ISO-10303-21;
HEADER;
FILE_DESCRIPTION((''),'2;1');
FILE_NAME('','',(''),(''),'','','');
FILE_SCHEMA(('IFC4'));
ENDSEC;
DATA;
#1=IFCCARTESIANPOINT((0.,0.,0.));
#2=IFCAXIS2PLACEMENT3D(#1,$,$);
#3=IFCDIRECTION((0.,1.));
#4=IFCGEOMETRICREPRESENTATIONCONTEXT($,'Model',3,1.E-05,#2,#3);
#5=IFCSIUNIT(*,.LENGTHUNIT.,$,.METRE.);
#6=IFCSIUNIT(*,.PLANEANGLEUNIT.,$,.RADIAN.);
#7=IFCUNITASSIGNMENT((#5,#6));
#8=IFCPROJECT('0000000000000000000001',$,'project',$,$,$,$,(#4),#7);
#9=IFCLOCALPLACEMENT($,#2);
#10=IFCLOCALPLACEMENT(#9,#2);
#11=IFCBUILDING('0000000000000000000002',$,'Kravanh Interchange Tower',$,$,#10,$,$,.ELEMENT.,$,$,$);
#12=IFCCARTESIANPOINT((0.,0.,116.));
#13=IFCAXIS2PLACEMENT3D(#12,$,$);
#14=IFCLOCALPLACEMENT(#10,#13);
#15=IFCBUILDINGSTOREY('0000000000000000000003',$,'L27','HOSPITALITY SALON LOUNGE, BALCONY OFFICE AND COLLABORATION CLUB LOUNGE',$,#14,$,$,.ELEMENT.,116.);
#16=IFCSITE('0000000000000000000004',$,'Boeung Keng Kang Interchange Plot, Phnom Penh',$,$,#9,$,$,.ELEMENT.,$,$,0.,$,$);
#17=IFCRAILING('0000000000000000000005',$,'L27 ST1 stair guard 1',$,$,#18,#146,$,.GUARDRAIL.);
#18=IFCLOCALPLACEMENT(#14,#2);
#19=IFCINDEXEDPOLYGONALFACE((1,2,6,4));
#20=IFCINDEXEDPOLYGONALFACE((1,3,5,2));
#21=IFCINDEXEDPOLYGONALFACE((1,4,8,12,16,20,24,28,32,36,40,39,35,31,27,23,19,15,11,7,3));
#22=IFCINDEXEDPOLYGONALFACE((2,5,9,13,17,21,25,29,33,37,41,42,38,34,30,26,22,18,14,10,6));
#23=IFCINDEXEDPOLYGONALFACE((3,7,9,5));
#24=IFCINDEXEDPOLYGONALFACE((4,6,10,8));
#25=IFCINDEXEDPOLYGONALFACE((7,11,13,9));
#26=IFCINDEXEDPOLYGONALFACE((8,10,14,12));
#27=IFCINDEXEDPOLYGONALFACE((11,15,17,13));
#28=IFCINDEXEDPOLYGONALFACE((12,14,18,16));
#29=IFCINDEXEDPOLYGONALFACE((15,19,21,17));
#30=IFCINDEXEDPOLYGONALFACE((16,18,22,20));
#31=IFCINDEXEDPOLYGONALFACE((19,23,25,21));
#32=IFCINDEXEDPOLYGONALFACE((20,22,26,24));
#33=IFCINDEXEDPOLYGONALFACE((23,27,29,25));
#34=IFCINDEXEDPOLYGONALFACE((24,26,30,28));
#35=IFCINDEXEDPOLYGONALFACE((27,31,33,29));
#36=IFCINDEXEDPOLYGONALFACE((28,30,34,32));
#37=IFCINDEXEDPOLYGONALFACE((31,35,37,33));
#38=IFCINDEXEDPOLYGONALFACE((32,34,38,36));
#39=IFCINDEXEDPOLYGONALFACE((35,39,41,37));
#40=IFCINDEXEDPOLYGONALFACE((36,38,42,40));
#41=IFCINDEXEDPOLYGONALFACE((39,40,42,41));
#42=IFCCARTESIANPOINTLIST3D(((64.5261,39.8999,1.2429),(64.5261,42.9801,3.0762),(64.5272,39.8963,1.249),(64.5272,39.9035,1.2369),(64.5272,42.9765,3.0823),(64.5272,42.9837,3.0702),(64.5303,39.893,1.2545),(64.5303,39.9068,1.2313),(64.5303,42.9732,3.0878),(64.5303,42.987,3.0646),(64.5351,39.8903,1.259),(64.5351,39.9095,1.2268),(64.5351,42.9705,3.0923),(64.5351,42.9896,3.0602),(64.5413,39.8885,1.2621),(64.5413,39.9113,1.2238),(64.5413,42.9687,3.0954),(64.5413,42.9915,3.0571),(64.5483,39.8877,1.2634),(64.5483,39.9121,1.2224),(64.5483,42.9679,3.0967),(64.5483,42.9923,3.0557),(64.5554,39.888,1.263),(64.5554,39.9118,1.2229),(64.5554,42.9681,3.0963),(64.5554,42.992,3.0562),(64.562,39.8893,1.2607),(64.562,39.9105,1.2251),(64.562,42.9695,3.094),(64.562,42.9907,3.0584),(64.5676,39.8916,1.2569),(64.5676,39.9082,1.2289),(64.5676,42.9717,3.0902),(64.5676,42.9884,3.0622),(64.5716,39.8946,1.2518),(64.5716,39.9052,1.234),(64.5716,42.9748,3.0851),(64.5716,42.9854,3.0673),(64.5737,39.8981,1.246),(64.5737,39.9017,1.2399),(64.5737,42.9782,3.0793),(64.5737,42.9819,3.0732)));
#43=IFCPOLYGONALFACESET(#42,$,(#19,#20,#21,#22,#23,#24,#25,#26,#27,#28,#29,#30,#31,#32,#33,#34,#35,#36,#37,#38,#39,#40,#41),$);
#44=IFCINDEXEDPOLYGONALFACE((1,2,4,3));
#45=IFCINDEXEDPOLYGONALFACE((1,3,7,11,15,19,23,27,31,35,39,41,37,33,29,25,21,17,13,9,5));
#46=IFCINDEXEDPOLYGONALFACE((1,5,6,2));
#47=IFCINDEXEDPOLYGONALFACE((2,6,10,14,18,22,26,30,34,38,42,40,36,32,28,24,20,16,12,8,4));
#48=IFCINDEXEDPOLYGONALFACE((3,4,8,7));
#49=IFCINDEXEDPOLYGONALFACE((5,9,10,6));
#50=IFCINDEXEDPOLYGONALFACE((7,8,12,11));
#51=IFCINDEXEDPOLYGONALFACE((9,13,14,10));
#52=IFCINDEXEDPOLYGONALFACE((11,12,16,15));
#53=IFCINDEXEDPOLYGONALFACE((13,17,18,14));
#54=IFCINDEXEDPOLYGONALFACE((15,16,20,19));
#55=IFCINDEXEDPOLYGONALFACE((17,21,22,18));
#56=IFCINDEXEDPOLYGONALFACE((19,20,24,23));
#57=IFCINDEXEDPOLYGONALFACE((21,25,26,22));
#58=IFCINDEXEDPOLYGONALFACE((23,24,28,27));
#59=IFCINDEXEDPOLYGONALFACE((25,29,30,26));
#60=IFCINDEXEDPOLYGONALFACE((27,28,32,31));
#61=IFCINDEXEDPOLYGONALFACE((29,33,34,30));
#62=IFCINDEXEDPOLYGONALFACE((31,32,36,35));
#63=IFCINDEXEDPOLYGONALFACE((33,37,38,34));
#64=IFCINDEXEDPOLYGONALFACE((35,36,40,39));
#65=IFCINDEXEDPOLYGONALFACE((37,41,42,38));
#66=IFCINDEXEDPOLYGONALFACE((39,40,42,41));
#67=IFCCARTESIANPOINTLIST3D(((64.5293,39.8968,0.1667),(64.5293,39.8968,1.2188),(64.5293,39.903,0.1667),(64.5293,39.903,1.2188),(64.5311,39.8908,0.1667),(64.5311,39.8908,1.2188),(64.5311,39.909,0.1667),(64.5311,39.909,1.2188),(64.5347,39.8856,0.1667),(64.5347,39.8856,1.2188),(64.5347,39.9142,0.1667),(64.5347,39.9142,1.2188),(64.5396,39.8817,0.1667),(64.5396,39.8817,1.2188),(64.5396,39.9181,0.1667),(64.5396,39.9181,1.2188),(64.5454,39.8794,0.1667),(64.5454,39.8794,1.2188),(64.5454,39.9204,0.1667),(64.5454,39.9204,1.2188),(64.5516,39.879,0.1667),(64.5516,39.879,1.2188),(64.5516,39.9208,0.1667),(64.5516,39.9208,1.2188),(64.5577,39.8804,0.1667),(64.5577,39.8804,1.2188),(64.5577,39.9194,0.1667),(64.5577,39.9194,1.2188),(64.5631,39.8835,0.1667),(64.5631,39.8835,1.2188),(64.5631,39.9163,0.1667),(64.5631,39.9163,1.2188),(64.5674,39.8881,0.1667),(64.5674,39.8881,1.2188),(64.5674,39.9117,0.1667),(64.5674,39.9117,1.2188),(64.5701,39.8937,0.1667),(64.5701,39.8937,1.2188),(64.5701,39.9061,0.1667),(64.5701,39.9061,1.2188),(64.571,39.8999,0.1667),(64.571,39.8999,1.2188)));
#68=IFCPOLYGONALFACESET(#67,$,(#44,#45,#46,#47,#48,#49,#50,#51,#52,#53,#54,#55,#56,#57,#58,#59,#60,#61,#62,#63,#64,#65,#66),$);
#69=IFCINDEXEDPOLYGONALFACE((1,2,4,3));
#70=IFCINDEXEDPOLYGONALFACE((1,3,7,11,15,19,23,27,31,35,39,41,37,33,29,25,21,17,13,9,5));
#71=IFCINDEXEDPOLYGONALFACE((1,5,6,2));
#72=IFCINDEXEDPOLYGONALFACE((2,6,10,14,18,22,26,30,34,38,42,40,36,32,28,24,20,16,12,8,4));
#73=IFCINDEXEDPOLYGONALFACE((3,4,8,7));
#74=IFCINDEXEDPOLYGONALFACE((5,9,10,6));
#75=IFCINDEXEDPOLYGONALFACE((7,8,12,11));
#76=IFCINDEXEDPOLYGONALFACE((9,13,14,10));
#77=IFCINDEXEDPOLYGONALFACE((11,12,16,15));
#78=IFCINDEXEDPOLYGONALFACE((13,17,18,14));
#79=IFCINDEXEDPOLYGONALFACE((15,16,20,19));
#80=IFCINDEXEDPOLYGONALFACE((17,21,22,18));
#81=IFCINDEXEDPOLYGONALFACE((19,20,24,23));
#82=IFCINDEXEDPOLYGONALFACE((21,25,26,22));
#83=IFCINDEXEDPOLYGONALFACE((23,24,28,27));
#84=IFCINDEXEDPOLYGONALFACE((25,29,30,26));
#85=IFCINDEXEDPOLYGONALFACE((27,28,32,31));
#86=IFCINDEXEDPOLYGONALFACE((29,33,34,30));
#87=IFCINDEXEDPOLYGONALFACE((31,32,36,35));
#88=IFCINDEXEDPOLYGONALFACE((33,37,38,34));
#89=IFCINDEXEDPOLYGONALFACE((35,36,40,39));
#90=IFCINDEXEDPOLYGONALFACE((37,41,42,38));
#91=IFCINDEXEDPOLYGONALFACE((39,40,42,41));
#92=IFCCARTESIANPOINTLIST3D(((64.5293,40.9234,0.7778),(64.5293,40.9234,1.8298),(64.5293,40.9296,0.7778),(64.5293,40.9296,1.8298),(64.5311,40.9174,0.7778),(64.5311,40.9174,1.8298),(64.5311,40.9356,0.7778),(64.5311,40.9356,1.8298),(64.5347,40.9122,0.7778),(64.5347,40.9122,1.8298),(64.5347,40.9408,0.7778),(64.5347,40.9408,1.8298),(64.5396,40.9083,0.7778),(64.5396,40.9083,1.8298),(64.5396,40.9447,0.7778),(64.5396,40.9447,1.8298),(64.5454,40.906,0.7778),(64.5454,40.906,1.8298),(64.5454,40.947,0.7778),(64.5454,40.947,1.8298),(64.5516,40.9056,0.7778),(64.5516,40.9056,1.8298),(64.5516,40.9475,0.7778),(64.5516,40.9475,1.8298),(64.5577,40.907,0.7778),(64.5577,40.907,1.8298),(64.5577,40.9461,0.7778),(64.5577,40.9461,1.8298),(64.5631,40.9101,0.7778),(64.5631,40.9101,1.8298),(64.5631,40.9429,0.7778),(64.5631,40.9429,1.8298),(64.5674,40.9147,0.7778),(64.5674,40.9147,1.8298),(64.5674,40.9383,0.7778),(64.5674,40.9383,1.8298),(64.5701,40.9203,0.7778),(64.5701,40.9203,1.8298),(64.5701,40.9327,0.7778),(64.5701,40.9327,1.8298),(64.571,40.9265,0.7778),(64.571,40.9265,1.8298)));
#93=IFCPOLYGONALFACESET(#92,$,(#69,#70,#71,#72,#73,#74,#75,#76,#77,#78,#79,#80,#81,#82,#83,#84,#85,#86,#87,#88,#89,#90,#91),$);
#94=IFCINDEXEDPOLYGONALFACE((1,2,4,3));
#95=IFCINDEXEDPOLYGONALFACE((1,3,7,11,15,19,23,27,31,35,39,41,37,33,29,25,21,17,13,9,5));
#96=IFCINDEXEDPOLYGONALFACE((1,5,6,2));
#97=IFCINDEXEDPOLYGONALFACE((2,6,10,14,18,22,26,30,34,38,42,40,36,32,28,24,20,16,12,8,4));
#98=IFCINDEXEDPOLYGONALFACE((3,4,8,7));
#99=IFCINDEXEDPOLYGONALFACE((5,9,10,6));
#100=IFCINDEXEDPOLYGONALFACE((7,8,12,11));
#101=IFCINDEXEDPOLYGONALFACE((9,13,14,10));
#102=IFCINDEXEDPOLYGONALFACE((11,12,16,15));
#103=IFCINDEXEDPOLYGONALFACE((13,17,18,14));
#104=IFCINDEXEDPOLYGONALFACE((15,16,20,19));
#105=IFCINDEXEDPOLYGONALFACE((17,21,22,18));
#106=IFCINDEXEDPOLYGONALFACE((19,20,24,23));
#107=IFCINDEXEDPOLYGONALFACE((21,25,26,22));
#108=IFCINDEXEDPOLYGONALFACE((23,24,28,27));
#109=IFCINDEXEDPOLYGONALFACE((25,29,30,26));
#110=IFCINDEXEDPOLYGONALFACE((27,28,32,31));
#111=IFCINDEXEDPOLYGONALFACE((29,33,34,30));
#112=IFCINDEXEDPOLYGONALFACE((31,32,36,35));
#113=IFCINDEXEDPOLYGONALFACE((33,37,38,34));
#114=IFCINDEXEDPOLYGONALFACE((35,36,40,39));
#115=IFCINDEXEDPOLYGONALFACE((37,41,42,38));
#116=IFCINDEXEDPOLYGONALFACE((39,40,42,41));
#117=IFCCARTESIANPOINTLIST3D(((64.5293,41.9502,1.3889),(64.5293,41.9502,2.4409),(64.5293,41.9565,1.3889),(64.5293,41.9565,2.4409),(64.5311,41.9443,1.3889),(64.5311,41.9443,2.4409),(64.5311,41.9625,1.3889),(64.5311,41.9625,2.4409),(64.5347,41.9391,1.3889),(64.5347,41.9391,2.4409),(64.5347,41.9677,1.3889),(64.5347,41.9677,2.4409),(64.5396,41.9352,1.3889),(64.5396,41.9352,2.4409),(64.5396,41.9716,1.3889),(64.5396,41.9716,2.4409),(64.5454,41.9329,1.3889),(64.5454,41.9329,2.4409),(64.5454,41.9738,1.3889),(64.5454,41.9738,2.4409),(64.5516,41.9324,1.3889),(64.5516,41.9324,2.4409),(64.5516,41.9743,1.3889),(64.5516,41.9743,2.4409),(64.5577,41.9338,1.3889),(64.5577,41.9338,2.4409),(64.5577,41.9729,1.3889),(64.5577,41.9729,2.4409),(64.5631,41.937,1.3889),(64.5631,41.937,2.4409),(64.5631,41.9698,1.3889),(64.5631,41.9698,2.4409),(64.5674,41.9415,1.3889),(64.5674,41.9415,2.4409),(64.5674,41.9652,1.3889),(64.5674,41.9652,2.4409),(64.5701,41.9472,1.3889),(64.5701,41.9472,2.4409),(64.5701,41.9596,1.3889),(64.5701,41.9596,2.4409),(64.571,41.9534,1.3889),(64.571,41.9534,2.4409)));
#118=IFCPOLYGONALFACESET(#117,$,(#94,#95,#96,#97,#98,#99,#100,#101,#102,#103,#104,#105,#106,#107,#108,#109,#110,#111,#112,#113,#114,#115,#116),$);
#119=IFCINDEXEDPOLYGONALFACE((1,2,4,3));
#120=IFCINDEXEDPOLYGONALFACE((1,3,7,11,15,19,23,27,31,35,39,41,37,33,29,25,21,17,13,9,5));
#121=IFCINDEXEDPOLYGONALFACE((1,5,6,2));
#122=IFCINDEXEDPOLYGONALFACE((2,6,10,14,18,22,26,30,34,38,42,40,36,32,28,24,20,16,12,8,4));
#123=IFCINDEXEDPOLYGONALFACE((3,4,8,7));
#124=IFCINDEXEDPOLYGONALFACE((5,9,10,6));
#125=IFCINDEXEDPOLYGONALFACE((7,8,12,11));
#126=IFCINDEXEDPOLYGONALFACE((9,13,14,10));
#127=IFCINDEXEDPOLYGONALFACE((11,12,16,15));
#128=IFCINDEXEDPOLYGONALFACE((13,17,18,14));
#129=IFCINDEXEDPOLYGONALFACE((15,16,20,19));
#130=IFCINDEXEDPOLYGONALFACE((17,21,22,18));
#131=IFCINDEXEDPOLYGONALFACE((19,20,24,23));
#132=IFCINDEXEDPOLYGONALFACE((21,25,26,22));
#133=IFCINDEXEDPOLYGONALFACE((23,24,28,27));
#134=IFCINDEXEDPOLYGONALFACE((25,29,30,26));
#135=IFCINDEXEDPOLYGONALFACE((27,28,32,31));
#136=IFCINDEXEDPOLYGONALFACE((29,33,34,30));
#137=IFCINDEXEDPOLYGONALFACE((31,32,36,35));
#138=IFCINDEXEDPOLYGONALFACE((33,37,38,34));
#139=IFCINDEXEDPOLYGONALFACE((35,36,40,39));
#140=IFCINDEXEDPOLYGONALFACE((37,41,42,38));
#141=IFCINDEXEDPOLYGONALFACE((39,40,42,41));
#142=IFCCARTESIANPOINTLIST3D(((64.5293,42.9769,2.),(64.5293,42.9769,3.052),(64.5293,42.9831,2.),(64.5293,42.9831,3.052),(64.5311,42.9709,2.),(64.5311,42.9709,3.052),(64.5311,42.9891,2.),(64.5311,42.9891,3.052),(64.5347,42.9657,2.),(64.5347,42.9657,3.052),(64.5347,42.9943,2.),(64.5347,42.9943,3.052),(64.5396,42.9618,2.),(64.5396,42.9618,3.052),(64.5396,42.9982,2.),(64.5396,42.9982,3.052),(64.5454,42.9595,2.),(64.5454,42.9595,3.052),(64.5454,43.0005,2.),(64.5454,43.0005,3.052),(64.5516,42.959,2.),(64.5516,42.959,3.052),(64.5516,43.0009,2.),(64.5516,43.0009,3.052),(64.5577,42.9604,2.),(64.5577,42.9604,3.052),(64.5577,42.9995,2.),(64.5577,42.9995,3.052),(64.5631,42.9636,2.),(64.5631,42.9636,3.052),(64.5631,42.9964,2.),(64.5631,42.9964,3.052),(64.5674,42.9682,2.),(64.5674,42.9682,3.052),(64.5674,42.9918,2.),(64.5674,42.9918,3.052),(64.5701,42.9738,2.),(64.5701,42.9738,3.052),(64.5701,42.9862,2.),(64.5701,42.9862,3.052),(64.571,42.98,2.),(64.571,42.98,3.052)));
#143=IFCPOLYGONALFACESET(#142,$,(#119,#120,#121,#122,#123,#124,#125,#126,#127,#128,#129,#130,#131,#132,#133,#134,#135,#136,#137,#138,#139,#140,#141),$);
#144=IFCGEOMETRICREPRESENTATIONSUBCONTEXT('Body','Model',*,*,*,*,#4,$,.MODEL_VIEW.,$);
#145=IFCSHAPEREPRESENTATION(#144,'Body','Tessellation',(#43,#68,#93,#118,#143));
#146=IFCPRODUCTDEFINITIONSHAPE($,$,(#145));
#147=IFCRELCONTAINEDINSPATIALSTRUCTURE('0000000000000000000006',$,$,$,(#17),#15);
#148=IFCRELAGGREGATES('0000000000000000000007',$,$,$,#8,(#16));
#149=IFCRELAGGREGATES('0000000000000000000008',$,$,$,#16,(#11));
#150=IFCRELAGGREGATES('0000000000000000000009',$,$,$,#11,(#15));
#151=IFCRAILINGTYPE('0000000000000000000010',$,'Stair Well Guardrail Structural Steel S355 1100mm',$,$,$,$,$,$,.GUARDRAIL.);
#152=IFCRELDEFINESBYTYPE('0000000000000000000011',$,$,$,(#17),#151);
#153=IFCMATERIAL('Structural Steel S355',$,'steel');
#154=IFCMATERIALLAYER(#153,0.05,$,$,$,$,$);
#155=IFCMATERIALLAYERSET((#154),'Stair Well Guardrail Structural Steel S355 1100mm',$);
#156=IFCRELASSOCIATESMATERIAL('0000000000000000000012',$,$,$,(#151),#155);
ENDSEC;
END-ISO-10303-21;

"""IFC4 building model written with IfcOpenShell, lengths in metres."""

from ifc_helpers import new_model, si_unit, direction, frame, origin, origin_2d, place, context, subcontext, project, spatial, circle, extrude, material, layer, layer_set, type_object, element, save


model = new_model("IFC4")

# Units and contexts
model_context = context("Model", 3, precision=1e-05, world=origin(), true_north=direction((0.0, 1.0)))
body_context = subcontext(model_context, "Body", "Model", "MODEL_VIEW")
ifc_project = project(units=[si_unit("LENGTHUNIT", "METRE"), si_unit("PLANEANGLEUNIT", "RADIAN")], contexts=[model_context])

# Site, building, storey
site_placement = place(None, origin())
site = spatial("IfcSite", under=ifc_project, at=site_placement, Name="Boeung Keng Kang Interchange Plot, Phnom Penh", CompositionType="ELEMENT", RefElevation=0.0)
building_placement = place(site_placement, origin())
building = spatial("IfcBuilding", under=site, at=building_placement, Name="Kravanh Interchange Tower", CompositionType="ELEMENT")
storey_placement = place(building_placement, frame((0.0, 0.0, 116.0)))
storey = spatial("IfcBuildingStorey", under=building, at=storey_placement, Name="L27", Description="HOSPITALITY SALON LOUNGE, BALCONY OFFICE AND COLLABORATION CLUB LOUNGE", CompositionType="ELEMENT", Elevation=116.0)

# Railing
ifc_material_1 = material(Name="Structural Steel S355", Category="steel")
ifc_layer_1 = layer(ifc_material_1, 0.05)
ifc_layer_set_1 = layer_set([ifc_layer_1], Name="Stair Well Guardrail Structural Steel S355 1100mm")
railing_type_1 = type_object("IfcRailingType", Name="Stair Well Guardrail Structural Steel S355 1100mm", PredefinedType="GUARDRAIL", material=ifc_layer_set_1)
railing_1_placement = place(storey_placement, frame((64.55, 39.8999, 0.1667)))
element("IfcRailing", 1, at=railing_1_placement, inside=storey, type_object=railing_type_1, Name="L27 ST1 stair guard 1", PredefinedType="GUARDRAIL", context=body_context, shape_type="SweptSolid", body=[
    extrude(circle(Radius=0.0239, at=origin_2d()), frame((0.0, 0.0, 1.0762), z_axis=(0.0, 0.859309, 0.511458), x_axis=(-1.0, 0.0, 0.0)), (0.0, 0.0, 1.0), 3.5845),
    extrude(circle(Radius=0.021, at=origin_2d()), origin(), (0.0, 0.0, 1.0), 1.052),
    extrude(circle(Radius=0.021, at=origin_2d()), frame((0.0, 1.0266, 0.6111)), (0.0, 0.0, 1.0), 1.052),
    extrude(circle(Radius=0.021, at=origin_2d()), frame((0.0, 2.0535, 1.2222)), (0.0, 0.0, 1.0), 1.052),
    extrude(circle(Radius=0.021, at=origin_2d()), frame((0.0, 3.0801, 1.8333)), (0.0, 0.0, 1.0), 1.052),
])

save(model, "model.ifc")
